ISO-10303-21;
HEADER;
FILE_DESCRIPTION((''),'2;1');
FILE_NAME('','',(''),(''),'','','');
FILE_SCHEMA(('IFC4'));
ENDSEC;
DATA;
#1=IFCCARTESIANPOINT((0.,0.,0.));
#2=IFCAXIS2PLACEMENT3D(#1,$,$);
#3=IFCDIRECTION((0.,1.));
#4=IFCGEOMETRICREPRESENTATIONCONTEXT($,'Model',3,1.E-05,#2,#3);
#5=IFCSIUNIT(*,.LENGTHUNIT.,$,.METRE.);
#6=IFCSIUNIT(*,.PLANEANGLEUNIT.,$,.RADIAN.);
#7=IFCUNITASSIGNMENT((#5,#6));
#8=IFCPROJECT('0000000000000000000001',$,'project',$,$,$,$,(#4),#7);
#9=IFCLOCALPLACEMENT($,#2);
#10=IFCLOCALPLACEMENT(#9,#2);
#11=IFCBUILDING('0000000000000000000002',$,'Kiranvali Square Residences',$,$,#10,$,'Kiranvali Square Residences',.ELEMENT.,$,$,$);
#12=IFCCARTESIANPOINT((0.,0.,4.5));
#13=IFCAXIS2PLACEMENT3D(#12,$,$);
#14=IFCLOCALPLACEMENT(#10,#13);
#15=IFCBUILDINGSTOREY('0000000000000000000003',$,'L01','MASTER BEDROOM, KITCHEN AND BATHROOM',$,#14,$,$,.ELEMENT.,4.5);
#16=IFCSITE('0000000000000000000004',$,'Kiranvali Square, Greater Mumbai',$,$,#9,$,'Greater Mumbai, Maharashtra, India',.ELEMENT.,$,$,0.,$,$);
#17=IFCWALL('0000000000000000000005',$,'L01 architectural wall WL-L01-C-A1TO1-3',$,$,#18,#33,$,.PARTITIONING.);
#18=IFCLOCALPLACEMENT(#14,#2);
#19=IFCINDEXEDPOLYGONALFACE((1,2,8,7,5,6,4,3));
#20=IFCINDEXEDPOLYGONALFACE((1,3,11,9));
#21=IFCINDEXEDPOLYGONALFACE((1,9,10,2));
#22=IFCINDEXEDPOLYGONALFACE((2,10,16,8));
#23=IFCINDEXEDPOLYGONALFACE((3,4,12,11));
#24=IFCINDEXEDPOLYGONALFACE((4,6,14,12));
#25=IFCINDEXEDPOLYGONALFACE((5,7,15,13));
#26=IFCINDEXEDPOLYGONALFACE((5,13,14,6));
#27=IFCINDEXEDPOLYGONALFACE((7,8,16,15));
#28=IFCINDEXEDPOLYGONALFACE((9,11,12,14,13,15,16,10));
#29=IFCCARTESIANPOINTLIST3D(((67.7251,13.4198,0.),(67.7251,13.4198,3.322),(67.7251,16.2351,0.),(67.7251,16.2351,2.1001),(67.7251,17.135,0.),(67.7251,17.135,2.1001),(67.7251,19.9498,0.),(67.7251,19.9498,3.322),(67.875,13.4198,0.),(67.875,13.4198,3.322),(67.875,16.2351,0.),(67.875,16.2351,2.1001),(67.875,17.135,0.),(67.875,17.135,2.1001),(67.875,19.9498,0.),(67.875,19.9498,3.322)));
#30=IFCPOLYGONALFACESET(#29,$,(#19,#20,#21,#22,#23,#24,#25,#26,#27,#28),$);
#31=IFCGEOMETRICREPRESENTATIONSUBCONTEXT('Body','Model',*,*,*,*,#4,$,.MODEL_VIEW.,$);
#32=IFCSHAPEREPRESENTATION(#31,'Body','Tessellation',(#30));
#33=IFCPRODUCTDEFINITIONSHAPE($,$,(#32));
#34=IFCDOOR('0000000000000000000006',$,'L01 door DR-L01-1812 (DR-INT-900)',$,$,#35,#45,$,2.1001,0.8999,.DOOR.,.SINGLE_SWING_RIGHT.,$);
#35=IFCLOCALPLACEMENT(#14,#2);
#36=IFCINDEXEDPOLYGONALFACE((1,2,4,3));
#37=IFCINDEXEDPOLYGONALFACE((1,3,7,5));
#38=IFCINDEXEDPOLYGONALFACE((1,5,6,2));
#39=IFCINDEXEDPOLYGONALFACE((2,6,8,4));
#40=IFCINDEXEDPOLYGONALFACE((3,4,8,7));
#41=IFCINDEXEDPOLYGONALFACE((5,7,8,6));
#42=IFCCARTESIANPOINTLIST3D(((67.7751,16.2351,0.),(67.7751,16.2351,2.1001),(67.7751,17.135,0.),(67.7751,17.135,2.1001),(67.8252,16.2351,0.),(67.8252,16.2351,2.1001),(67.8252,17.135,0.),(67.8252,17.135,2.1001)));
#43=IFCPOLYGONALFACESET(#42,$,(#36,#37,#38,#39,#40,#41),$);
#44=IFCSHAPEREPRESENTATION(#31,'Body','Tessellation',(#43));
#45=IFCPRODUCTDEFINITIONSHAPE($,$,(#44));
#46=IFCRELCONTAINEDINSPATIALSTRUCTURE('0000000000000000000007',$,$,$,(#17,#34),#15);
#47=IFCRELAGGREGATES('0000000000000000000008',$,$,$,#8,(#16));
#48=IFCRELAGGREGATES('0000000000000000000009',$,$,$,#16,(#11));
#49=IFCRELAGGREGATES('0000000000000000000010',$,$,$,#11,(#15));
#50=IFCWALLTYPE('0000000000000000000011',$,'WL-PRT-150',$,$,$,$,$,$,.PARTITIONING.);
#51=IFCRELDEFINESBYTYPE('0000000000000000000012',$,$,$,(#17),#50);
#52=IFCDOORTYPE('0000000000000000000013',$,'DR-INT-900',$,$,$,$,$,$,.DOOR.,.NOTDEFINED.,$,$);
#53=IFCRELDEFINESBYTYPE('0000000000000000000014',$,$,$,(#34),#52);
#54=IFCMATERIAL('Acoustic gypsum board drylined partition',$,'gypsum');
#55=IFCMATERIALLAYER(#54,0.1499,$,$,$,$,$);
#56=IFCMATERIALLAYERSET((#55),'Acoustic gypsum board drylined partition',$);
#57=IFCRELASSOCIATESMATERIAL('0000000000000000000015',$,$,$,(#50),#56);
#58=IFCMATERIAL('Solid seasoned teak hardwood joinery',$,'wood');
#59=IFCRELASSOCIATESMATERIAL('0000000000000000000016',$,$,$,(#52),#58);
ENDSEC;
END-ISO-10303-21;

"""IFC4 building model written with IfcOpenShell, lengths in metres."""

from ifc_helpers import new_model, si_unit, direction, frame, frame_2d, origin, place, context, subcontext, project, spatial, rectangle, extrude, material, layer, layer_set, type_object, element, fill, save


model = new_model("IFC4")

# Units and contexts
model_context = context("Model", 3, precision=1e-05, world=origin(), true_north=direction((0.0, 1.0)))
body_context = subcontext(model_context, "Body", "Model", "MODEL_VIEW")
ifc_project = project(units=[si_unit("LENGTHUNIT", "METRE"), si_unit("PLANEANGLEUNIT", "RADIAN")], contexts=[model_context])

# Site, building, storey
site_placement = place(None, origin())
site = spatial("IfcSite", under=ifc_project, at=site_placement, Name="Kiranvali Square, Greater Mumbai", LongName="Greater Mumbai, Maharashtra, India", CompositionType="ELEMENT", RefElevation=0.0)
building_placement = place(site_placement, origin())
building = spatial("IfcBuilding", under=site, at=building_placement, Name="Kiranvali Square Residences", LongName="Kiranvali Square Residences", CompositionType="ELEMENT")
storey_placement = place(building_placement, frame((0.0, 0.0, 4.5)))
storey = spatial("IfcBuildingStorey", under=building, at=storey_placement, Name="L01", Description="MASTER BEDROOM, KITCHEN AND BATHROOM", CompositionType="ELEMENT", Elevation=4.5)

# Wall, opening, door
ifc_material_1 = material(Name="Acoustic gypsum board drylined partition", Category="gypsum")
ifc_layer_1 = layer(ifc_material_1, 0.1499)
ifc_layer_set_1 = layer_set([ifc_layer_1], Name="Acoustic gypsum board drylined partition")
wall_type_1 = type_object("IfcWallType", Name="WL-PRT-150", PredefinedType="PARTITIONING", material=ifc_layer_set_1)
ifc_material_2 = material(Name="Solid seasoned teak hardwood joinery", Category="wood")
door_type_1 = type_object("IfcDoorType", Name="DR-INT-900", OperationType="NOTDEFINED", PredefinedType="DOOR", material=ifc_material_2)
wall_1_placement = place(storey_placement, frame((67.8, 19.95, 0.0), z_axis=(0.0, 0.0, 1.0), x_axis=(0.0, -1.0, 0.0)))
wall_1 = element("IfcWall", 1, at=wall_1_placement, inside=storey, type_object=wall_type_1, Name="L01 architectural wall WL-L01-C-A1TO1-3", PredefinedType="PARTITIONING", context=body_context, shape_type="SweptSolid", body=[
    extrude(rectangle(XDim=6.53, YDim=0.1499, at=frame_2d((3.2651, 0.0))), origin(), (0.0, 0.0, 1.0), 3.322),
])
opening_1_placement = place(wall_1_placement, frame((2.8149, 0.0, 0.0)))
opening_1 = element("IfcOpeningElement", 2, at=opening_1_placement, cuts=wall_1, PredefinedType="OPENING", context=body_context, shape_type="SweptSolid", body=[
    extrude(rectangle(XDim=0.8999, YDim=2.1001, at=frame_2d((0.45, 1.05))), frame((0.0, 0.085, 0.0), z_axis=(0.0, -1.0, 0.0), x_axis=(1.0, 0.0, 0.0)), (0.0, 0.0, 1.0), 0.1699),
])
door_1_placement = place(opening_1_placement, frame((0.8999, 0.0, 0.0), z_axis=(0.0, 0.0, 1.0), x_axis=(-1.0, 0.0, 0.0)))
door_1 = element("IfcDoor", 3, at=door_1_placement, inside=storey, type_object=door_type_1, Name="L01 door DR-L01-1812 (DR-INT-900)", OperationType="SINGLE_SWING_RIGHT", OverallHeight=2.1001, OverallWidth=0.8999, PredefinedType="DOOR", context=body_context, shape_type="SweptSolid", body=[
    extrude(rectangle(XDim=0.8999, YDim=2.1001, at=frame_2d((0.45, 1.05))), frame((0.0, 0.0249, 0.0), z_axis=(0.0, -1.0, 0.0), x_axis=(1.0, 0.0, 0.0)), (0.0, 0.0, 1.0), 0.05),
])
fill(opening_1, door_1)

save(model, "model.ifc")
